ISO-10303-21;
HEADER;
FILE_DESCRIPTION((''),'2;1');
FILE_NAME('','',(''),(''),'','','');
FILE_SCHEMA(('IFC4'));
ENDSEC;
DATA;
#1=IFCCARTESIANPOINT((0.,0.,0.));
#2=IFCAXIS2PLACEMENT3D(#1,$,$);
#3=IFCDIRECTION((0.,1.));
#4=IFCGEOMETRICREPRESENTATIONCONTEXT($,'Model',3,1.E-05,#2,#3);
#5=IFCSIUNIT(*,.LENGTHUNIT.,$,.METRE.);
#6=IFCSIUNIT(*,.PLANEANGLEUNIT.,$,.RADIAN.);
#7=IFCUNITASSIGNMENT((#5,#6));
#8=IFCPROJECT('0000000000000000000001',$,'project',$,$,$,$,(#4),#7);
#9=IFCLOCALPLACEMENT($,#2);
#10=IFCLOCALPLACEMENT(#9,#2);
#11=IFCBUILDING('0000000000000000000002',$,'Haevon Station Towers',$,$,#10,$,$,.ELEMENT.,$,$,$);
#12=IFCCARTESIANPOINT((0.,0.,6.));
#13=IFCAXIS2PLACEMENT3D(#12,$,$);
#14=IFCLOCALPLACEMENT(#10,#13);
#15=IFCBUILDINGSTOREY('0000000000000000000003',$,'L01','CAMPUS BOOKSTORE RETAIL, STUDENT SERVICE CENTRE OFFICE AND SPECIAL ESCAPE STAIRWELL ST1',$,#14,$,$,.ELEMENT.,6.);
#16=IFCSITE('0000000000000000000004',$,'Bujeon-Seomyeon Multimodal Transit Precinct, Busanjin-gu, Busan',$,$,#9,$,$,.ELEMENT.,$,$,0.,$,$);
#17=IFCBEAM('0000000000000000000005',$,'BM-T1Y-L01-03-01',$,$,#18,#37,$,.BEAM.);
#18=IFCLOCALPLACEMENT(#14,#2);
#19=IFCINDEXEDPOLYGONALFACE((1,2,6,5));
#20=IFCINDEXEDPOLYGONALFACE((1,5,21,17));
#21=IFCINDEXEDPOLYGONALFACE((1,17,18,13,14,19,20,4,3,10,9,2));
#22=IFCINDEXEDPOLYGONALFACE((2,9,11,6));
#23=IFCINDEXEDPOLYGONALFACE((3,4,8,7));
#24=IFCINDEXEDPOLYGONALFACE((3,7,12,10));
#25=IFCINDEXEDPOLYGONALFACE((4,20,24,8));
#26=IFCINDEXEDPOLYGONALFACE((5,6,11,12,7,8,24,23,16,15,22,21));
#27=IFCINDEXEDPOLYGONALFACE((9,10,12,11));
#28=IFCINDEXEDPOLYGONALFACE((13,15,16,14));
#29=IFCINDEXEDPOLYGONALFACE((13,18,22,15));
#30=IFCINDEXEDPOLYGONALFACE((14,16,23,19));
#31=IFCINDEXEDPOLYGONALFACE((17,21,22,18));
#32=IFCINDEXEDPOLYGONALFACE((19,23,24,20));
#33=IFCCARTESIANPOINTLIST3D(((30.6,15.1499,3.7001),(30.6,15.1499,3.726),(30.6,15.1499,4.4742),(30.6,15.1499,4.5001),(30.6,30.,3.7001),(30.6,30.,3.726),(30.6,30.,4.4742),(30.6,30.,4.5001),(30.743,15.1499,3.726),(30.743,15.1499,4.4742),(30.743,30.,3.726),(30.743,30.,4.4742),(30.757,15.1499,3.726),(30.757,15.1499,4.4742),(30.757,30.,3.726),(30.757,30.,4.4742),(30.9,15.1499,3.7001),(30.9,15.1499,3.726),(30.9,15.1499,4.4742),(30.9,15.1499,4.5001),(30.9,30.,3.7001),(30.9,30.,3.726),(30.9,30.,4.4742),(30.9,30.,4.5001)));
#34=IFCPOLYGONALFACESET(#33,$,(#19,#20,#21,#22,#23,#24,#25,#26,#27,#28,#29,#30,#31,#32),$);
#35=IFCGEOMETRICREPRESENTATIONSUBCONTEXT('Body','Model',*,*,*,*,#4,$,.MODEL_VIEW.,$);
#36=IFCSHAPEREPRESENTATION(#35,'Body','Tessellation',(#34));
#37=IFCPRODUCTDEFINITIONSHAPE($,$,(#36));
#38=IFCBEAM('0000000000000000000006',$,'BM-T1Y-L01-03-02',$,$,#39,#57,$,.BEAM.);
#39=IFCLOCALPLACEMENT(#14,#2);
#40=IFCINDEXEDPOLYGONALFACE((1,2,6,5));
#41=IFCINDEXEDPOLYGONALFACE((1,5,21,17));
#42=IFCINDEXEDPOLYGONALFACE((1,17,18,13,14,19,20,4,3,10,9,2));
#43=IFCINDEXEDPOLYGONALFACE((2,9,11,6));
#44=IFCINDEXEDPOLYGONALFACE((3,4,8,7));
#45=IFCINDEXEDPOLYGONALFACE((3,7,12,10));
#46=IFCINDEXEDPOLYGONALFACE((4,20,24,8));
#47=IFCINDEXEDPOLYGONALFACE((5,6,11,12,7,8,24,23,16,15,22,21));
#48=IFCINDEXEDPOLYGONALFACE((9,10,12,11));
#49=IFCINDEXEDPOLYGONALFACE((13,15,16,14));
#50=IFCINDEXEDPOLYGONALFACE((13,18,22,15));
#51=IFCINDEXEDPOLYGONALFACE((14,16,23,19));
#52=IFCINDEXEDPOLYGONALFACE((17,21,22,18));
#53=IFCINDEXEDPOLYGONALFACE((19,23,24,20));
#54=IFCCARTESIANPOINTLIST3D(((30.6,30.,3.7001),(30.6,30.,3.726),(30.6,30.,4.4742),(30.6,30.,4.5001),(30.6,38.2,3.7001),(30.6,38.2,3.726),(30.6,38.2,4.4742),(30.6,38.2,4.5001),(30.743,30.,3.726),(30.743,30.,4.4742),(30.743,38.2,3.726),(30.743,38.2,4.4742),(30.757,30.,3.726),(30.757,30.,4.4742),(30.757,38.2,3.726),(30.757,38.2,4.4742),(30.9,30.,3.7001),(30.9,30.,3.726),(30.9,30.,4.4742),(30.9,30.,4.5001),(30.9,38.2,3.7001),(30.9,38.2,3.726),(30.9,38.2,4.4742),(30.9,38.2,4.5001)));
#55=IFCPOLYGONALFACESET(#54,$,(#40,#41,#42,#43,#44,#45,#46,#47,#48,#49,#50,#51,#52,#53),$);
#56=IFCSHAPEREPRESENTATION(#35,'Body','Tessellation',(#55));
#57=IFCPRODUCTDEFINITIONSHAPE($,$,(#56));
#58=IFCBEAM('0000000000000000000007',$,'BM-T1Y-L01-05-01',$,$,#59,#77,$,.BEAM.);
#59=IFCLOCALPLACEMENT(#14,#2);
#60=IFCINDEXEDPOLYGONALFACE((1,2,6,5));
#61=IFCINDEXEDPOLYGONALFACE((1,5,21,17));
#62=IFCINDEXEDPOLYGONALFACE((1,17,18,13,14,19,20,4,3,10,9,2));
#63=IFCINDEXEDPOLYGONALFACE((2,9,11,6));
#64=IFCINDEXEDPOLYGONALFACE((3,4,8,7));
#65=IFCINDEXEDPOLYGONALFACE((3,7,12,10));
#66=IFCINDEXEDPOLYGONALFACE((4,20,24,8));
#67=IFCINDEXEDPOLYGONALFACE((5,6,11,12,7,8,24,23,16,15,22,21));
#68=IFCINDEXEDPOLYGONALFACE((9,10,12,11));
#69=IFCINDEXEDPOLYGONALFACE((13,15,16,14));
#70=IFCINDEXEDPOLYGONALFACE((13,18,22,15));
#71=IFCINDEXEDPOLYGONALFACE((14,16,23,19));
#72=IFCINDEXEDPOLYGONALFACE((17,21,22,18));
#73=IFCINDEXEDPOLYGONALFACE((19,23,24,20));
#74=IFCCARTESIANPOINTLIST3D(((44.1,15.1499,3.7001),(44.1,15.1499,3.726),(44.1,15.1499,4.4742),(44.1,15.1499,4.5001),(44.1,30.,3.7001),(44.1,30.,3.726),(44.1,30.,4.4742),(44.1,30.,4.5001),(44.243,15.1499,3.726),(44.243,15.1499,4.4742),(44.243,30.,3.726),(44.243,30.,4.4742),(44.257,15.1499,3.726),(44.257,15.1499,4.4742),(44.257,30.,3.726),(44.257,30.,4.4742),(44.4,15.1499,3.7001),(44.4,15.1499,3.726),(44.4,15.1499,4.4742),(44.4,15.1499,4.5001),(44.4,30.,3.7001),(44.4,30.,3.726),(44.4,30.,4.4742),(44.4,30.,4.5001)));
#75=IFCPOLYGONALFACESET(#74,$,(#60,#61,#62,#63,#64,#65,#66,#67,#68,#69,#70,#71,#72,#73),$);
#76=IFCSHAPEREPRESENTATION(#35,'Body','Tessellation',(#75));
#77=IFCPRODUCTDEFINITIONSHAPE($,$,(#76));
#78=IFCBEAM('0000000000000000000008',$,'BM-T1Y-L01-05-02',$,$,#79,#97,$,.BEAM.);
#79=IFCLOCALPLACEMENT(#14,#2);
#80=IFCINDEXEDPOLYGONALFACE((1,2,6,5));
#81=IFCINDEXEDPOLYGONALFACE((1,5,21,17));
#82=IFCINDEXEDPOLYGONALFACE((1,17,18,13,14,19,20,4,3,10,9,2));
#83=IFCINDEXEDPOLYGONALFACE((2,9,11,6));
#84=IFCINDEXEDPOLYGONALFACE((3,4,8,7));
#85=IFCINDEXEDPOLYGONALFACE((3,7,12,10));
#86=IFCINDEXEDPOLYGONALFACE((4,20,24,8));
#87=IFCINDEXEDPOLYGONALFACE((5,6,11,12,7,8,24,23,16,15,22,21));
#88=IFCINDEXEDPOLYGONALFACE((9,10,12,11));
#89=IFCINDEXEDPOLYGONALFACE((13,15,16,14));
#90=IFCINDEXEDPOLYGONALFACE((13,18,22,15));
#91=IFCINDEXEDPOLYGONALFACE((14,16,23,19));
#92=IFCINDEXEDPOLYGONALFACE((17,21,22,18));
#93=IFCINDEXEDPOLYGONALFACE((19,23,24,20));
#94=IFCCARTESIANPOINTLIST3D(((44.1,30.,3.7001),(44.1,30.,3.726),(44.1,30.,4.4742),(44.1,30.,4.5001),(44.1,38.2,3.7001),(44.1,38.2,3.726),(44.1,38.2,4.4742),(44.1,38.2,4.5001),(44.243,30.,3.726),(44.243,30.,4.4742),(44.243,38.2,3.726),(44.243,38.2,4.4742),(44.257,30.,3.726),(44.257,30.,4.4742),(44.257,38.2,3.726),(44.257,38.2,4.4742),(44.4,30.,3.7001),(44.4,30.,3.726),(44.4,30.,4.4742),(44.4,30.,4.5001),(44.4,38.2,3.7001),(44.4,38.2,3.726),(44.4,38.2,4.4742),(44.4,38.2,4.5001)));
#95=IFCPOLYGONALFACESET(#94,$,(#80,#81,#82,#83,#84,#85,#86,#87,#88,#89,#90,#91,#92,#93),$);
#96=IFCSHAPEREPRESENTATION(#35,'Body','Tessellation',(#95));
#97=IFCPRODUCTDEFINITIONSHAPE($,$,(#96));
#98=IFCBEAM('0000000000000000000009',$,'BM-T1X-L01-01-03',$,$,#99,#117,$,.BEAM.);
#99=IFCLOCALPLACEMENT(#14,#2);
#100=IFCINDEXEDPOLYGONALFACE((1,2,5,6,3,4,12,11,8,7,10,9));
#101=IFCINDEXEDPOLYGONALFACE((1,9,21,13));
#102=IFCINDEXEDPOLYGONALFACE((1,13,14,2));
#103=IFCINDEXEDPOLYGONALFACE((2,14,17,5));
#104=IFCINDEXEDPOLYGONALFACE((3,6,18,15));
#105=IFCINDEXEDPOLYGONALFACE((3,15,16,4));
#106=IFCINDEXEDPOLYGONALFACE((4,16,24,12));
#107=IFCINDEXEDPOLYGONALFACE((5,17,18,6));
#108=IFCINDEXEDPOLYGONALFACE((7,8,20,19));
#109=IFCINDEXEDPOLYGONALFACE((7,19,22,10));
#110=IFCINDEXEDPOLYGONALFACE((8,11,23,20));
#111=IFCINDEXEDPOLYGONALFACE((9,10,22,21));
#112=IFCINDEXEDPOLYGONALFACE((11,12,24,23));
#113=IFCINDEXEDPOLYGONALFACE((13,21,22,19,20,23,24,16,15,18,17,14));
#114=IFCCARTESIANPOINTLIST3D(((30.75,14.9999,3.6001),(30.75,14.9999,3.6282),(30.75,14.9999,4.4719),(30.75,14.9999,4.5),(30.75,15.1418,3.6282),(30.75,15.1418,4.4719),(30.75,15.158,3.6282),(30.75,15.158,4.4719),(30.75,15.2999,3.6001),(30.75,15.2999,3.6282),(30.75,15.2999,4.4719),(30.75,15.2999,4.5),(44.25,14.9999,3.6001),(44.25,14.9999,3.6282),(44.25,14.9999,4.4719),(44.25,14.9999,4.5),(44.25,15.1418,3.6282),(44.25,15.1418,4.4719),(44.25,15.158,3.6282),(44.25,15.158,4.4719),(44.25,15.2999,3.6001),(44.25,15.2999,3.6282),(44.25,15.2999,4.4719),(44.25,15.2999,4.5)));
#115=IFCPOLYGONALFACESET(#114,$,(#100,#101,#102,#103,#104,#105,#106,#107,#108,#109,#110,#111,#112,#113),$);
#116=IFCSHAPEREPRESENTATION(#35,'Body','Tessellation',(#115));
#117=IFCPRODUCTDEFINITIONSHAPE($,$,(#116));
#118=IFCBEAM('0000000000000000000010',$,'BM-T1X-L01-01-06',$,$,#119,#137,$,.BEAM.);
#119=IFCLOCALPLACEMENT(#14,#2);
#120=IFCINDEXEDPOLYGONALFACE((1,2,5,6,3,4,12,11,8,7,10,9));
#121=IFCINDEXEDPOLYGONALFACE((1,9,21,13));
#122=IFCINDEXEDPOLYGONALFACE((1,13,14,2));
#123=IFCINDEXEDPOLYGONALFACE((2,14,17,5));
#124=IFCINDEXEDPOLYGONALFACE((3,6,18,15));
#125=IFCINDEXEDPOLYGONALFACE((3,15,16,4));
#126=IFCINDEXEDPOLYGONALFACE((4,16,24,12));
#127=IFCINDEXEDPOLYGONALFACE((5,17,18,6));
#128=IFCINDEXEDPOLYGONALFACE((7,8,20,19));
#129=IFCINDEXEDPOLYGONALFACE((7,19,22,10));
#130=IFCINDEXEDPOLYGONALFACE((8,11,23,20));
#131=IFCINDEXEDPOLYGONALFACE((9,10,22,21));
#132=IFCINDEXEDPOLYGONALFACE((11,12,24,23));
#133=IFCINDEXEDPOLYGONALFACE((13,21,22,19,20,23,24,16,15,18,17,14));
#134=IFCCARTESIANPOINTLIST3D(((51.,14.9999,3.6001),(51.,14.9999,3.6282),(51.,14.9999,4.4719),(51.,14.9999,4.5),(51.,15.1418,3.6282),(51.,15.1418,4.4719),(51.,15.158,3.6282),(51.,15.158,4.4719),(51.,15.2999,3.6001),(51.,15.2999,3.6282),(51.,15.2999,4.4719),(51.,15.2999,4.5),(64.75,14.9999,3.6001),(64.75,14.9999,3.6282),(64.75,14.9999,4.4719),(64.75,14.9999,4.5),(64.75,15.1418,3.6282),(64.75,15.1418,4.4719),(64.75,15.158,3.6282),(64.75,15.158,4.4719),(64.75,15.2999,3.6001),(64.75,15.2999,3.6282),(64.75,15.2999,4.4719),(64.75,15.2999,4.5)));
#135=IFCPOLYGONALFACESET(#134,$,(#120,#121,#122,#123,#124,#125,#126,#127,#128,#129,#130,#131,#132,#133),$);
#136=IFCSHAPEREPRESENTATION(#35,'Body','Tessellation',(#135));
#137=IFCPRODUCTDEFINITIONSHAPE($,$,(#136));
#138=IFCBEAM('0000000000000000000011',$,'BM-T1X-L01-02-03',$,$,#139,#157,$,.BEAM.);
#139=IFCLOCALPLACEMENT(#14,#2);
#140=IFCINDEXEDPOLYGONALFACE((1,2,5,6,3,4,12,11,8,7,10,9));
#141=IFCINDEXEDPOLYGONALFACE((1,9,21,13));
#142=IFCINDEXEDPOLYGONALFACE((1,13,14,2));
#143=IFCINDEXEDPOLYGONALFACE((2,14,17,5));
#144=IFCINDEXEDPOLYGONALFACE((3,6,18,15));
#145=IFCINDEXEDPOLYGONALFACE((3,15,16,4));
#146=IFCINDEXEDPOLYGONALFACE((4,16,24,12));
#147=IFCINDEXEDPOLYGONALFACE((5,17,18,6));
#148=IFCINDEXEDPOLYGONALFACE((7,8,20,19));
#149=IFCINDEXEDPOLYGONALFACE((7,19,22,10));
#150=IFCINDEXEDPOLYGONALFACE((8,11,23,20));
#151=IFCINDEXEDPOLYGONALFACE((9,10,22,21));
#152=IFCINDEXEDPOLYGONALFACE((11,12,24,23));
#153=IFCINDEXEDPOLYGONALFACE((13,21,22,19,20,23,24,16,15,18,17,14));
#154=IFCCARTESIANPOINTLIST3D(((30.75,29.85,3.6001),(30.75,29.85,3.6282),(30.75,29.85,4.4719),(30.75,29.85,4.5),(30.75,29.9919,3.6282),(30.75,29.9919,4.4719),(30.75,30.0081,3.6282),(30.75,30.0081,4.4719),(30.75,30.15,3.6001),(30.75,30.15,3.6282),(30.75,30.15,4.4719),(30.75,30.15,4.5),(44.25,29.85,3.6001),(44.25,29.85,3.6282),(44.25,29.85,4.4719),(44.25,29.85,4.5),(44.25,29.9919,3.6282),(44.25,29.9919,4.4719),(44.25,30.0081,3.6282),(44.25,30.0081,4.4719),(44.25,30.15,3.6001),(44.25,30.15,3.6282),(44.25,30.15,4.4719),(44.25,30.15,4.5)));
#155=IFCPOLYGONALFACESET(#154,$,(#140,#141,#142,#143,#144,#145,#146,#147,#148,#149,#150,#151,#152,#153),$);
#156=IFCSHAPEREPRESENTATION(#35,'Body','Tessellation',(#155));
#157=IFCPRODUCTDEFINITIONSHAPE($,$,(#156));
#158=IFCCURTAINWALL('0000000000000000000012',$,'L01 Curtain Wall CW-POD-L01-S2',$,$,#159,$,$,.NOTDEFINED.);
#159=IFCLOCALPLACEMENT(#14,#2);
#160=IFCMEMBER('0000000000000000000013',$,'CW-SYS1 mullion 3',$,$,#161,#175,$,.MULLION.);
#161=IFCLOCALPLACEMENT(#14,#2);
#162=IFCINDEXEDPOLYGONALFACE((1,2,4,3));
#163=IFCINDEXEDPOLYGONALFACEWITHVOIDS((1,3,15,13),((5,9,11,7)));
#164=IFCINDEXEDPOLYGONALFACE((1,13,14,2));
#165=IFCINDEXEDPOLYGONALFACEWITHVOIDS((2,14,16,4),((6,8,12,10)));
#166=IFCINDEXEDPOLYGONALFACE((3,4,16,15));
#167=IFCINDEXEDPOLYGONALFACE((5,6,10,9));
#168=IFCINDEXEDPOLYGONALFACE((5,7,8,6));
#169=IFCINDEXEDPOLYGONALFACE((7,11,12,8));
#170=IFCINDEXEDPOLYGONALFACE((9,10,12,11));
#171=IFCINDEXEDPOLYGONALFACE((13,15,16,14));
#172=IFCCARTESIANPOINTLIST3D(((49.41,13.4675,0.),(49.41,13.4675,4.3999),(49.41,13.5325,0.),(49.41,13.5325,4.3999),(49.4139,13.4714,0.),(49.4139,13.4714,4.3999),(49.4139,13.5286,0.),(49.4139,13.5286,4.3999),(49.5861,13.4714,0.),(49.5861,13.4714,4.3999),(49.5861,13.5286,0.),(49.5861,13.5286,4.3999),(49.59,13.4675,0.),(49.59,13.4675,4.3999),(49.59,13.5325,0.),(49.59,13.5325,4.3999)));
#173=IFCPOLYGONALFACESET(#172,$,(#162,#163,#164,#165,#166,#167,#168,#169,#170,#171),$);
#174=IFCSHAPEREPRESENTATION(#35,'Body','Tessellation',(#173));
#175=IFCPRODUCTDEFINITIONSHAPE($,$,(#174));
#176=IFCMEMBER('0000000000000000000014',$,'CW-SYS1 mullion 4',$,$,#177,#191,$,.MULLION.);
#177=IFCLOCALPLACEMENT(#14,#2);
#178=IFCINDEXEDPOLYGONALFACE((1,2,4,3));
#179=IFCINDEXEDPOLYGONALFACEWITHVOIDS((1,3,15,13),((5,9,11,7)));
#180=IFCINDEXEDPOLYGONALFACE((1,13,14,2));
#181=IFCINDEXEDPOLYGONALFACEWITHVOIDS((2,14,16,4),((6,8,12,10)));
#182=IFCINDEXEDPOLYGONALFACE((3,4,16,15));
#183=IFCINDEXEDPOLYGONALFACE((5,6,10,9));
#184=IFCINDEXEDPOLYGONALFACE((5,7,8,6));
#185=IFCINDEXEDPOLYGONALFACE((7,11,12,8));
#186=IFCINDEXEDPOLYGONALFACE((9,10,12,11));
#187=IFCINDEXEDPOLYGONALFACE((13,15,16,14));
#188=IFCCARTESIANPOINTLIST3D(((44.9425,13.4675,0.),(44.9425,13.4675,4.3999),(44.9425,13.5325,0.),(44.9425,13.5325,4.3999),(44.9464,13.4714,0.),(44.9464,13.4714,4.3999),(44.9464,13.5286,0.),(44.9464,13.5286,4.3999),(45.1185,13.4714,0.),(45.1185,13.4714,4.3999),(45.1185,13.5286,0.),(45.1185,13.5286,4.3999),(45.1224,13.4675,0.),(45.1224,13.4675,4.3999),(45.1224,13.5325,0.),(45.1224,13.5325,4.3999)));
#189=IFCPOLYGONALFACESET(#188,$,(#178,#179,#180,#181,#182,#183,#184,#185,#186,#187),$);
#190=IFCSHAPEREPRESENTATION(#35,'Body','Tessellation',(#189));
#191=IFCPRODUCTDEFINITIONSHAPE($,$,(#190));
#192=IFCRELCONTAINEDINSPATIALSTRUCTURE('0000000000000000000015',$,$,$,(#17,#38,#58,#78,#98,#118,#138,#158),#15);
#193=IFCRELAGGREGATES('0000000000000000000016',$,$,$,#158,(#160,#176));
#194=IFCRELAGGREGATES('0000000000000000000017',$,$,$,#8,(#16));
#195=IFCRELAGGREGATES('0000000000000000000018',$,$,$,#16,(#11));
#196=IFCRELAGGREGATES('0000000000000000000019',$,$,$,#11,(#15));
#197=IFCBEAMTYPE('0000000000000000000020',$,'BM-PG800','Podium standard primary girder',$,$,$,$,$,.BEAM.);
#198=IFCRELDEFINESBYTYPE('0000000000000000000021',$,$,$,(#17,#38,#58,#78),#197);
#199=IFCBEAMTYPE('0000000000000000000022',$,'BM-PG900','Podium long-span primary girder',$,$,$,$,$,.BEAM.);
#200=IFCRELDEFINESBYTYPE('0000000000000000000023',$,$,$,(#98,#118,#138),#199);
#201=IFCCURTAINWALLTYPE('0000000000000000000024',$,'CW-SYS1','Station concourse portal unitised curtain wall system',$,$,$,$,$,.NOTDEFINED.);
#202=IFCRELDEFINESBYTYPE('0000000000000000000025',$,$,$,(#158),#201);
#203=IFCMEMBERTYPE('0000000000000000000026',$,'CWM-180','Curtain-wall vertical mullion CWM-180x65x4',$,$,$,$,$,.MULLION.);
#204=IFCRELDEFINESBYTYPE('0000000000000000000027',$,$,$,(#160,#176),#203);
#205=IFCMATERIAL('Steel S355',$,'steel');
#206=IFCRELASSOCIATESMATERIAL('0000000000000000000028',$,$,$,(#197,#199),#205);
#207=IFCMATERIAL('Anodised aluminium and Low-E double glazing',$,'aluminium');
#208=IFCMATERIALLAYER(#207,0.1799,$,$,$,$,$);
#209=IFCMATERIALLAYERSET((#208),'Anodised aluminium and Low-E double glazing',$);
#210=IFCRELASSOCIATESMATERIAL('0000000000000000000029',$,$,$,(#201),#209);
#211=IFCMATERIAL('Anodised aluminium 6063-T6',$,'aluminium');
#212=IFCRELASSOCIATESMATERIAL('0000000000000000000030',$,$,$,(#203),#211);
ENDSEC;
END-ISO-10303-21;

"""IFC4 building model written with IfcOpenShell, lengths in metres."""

from ifc_helpers import new_model, si_unit, direction, frame, origin, origin_2d, place, context, subcontext, project, spatial, hollow_rectangle, i_section, extrude, material, layer, layer_set, material_profile, profile_set, type_object, element, aggregate, save


model = new_model("IFC4")

# Units and contexts
model_context = context("Model", 3, precision=1e-05, world=origin(), true_north=direction((0.0, 1.0)))
body_context = subcontext(model_context, "Body", "Model", "MODEL_VIEW")
ifc_project = project(units=[si_unit("LENGTHUNIT", "METRE"), si_unit("PLANEANGLEUNIT", "RADIAN")], contexts=[model_context])

# Site, building, storey
site_placement = place(None, origin())
site = spatial("IfcSite", under=ifc_project, at=site_placement, Name="Bujeon-Seomyeon Multimodal Transit Precinct, Busanjin-gu, Busan", CompositionType="ELEMENT", RefElevation=0.0)
building_placement = place(site_placement, origin())
building = spatial("IfcBuilding", under=site, at=building_placement, Name="Haevon Station Towers", CompositionType="ELEMENT")
storey_placement = place(building_placement, frame((0.0, 0.0, 6.0)))
storey = spatial("IfcBuildingStorey", under=building, at=storey_placement, Name="L01", Description="CAMPUS BOOKSTORE RETAIL, STUDENT SERVICE CENTRE OFFICE AND SPECIAL ESCAPE STAIRWELL ST1", CompositionType="ELEMENT", Elevation=6.0)

# Beams
ifc_material_1 = material(Name="Steel S355", Category="steel")
ifc_material_profile_1 = material_profile(ifc_material_1, i_section(OverallWidth=0.3, OverallDepth=0.8, WebThickness=0.0139, FlangeThickness=0.0259, at=origin_2d()), Name="H-800x300x14x26")
ifc_profile_set_1 = profile_set([ifc_material_profile_1], Name="Steel S355")
beam_type_1 = type_object("IfcBeamType", Name="BM-PG800", Description="Podium standard primary girder", PredefinedType="BEAM", material=ifc_profile_set_1)
beam_1_placement = place(storey_placement, frame((30.75, 15.1499, 4.1001), z_axis=(0.0, 1.0, 0.0), x_axis=(-1.0, 0.0, 0.0)))
element("IfcBeam", 1, at=beam_1_placement, inside=storey, type_object=beam_type_1, Name="BM-T1Y-L01-03-01", PredefinedType="BEAM", context=body_context, shape_type="SweptSolid", body=[
    extrude(i_section(OverallWidth=0.3, OverallDepth=0.8, WebThickness=0.0139, FlangeThickness=0.0259, at=origin_2d()), origin(), (0.0, 0.0, 1.0), 14.8501),
])
beam_2_placement = place(storey_placement, frame((30.75, 30.0, 4.1001), z_axis=(0.0, 1.0, 0.0), x_axis=(-1.0, 0.0, 0.0)))
element("IfcBeam", 2, at=beam_2_placement, inside=storey, type_object=beam_type_1, Name="BM-T1Y-L01-03-02", PredefinedType="BEAM", context=body_context, shape_type="SweptSolid", body=[
    extrude(i_section(OverallWidth=0.3, OverallDepth=0.8, WebThickness=0.0139, FlangeThickness=0.0259, at=origin_2d()), origin(), (0.0, 0.0, 1.0), 8.2),
])
beam_3_placement = place(storey_placement, frame((44.25, 15.1499, 4.1001), z_axis=(0.0, 1.0, 0.0), x_axis=(-1.0, 0.0, 0.0)))
element("IfcBeam", 3, at=beam_3_placement, inside=storey, type_object=beam_type_1, Name="BM-T1Y-L01-05-01", PredefinedType="BEAM", context=body_context, shape_type="SweptSolid", body=[
    extrude(i_section(OverallWidth=0.3, OverallDepth=0.8, WebThickness=0.0139, FlangeThickness=0.0259, at=origin_2d()), origin(), (0.0, 0.0, 1.0), 14.8501),
])
beam_4_placement = place(storey_placement, frame((44.25, 30.0, 4.1001), z_axis=(0.0, 1.0, 0.0), x_axis=(-1.0, 0.0, 0.0)))
element("IfcBeam", 4, at=beam_4_placement, inside=storey, type_object=beam_type_1, Name="BM-T1Y-L01-05-02", PredefinedType="BEAM", context=body_context, shape_type="SweptSolid", body=[
    extrude(i_section(OverallWidth=0.3, OverallDepth=0.8, WebThickness=0.0139, FlangeThickness=0.0259, at=origin_2d()), origin(), (0.0, 0.0, 1.0), 8.2),
])
ifc_material_profile_2 = material_profile(ifc_material_1, i_section(OverallWidth=0.3, OverallDepth=0.8999, WebThickness=0.0161, FlangeThickness=0.0281, at=origin_2d()), Name="H-900x300x16x28")
ifc_profile_set_2 = profile_set([ifc_material_profile_2], Name="Steel S355")
beam_type_2 = type_object("IfcBeamType", Name="BM-PG900", Description="Podium long-span primary girder", PredefinedType="BEAM", material=ifc_profile_set_2)
beam_5_placement = place(storey_placement, frame((30.75, 15.1499, 4.05), z_axis=(1.0, 0.0, 0.0), x_axis=(0.0, 1.0, 0.0)))
element("IfcBeam", 5, at=beam_5_placement, inside=storey, type_object=beam_type_2, Name="BM-T1X-L01-01-03", PredefinedType="BEAM", context=body_context, shape_type="SweptSolid", body=[
    extrude(i_section(OverallWidth=0.3, OverallDepth=0.8999, WebThickness=0.0161, FlangeThickness=0.0281, at=origin_2d()), origin(), (0.0, 0.0, 1.0), 13.5),
])
beam_6_placement = place(storey_placement, frame((51.0, 15.1499, 4.05), z_axis=(1.0, 0.0, 0.0), x_axis=(0.0, 1.0, 0.0)))
element("IfcBeam", 6, at=beam_6_placement, inside=storey, type_object=beam_type_2, Name="BM-T1X-L01-01-06", PredefinedType="BEAM", context=body_context, shape_type="SweptSolid", body=[
    extrude(i_section(OverallWidth=0.3, OverallDepth=0.8999, WebThickness=0.0161, FlangeThickness=0.0281, at=origin_2d()), origin(), (0.0, 0.0, 1.0), 13.75),
])
beam_7_placement = place(storey_placement, frame((30.75, 30.0, 4.05), z_axis=(1.0, 0.0, 0.0), x_axis=(0.0, 1.0, 0.0)))
element("IfcBeam", 7, at=beam_7_placement, inside=storey, type_object=beam_type_2, Name="BM-T1X-L01-02-03", PredefinedType="BEAM", context=body_context, shape_type="SweptSolid", body=[
    extrude(i_section(OverallWidth=0.3, OverallDepth=0.8999, WebThickness=0.0161, FlangeThickness=0.0281, at=origin_2d()), origin(), (0.0, 0.0, 1.0), 13.5),
])

# Curtain wall, members
ifc_material_2 = material(Name="Anodised aluminium and Low-E double glazing", Category="aluminium")
ifc_layer_1 = layer(ifc_material_2, 0.1799)
ifc_layer_set_1 = layer_set([ifc_layer_1], Name="Anodised aluminium and Low-E double glazing")
curtain_wall_type = type_object("IfcCurtainWallType", Name="CW-SYS1", Description="Station concourse portal unitised curtain wall system", PredefinedType="NOTDEFINED", material=ifc_layer_set_1)
curtain_wall_placement = place(storey_placement, origin())
curtain_wall = element("IfcCurtainWall", 8, at=curtain_wall_placement, inside=storey, type_object=curtain_wall_type, Name="L01 Curtain Wall CW-POD-L01-S2", PredefinedType="NOTDEFINED")
ifc_material_3 = material(Name="Anodised aluminium 6063-T6", Category="aluminium")
ifc_material_profile_3 = material_profile(ifc_material_3, hollow_rectangle(XDim=0.0649, YDim=0.1799, WallThickness=0.0039, at=origin_2d()), Name="CWM-180x65x4")
ifc_profile_set_3 = profile_set([ifc_material_profile_3], Name="Anodised aluminium 6063-T6")
member_type_1 = type_object("IfcMemberType", Name="CWM-180", Description="Curtain-wall vertical mullion CWM-180x65x4", PredefinedType="MULLION", material=ifc_profile_set_3)
member_1_placement = place(storey_placement, frame((49.5, 13.5, 0.0), z_axis=(0.0, 0.0, 1.0), x_axis=(0.0, -1.0, 0.0)))
member_1 = element("IfcMember", 9, at=member_1_placement, type_object=member_type_1, Name="CW-SYS1 mullion 3", PredefinedType="MULLION", context=body_context, shape_type="SweptSolid", body=[
    extrude(hollow_rectangle(XDim=0.0649, YDim=0.1799, WallThickness=0.0039, at=origin_2d()), origin(), (0.0, 0.0, 1.0), 4.3999),
])
member_2_placement = place(storey_placement, frame((45.0325, 13.5, 0.0), z_axis=(0.0, 0.0, 1.0), x_axis=(0.0, -1.0, 0.0)))
member_2 = element("IfcMember", 10, at=member_2_placement, type_object=member_type_1, Name="CW-SYS1 mullion 4", PredefinedType="MULLION", context=body_context, shape_type="SweptSolid", body=[
    extrude(hollow_rectangle(XDim=0.0649, YDim=0.1799, WallThickness=0.0039, at=origin_2d()), origin(), (0.0, 0.0, 1.0), 4.3999),
])
aggregate(curtain_wall, [member_1, member_2])

save(model, "model.ifc")
